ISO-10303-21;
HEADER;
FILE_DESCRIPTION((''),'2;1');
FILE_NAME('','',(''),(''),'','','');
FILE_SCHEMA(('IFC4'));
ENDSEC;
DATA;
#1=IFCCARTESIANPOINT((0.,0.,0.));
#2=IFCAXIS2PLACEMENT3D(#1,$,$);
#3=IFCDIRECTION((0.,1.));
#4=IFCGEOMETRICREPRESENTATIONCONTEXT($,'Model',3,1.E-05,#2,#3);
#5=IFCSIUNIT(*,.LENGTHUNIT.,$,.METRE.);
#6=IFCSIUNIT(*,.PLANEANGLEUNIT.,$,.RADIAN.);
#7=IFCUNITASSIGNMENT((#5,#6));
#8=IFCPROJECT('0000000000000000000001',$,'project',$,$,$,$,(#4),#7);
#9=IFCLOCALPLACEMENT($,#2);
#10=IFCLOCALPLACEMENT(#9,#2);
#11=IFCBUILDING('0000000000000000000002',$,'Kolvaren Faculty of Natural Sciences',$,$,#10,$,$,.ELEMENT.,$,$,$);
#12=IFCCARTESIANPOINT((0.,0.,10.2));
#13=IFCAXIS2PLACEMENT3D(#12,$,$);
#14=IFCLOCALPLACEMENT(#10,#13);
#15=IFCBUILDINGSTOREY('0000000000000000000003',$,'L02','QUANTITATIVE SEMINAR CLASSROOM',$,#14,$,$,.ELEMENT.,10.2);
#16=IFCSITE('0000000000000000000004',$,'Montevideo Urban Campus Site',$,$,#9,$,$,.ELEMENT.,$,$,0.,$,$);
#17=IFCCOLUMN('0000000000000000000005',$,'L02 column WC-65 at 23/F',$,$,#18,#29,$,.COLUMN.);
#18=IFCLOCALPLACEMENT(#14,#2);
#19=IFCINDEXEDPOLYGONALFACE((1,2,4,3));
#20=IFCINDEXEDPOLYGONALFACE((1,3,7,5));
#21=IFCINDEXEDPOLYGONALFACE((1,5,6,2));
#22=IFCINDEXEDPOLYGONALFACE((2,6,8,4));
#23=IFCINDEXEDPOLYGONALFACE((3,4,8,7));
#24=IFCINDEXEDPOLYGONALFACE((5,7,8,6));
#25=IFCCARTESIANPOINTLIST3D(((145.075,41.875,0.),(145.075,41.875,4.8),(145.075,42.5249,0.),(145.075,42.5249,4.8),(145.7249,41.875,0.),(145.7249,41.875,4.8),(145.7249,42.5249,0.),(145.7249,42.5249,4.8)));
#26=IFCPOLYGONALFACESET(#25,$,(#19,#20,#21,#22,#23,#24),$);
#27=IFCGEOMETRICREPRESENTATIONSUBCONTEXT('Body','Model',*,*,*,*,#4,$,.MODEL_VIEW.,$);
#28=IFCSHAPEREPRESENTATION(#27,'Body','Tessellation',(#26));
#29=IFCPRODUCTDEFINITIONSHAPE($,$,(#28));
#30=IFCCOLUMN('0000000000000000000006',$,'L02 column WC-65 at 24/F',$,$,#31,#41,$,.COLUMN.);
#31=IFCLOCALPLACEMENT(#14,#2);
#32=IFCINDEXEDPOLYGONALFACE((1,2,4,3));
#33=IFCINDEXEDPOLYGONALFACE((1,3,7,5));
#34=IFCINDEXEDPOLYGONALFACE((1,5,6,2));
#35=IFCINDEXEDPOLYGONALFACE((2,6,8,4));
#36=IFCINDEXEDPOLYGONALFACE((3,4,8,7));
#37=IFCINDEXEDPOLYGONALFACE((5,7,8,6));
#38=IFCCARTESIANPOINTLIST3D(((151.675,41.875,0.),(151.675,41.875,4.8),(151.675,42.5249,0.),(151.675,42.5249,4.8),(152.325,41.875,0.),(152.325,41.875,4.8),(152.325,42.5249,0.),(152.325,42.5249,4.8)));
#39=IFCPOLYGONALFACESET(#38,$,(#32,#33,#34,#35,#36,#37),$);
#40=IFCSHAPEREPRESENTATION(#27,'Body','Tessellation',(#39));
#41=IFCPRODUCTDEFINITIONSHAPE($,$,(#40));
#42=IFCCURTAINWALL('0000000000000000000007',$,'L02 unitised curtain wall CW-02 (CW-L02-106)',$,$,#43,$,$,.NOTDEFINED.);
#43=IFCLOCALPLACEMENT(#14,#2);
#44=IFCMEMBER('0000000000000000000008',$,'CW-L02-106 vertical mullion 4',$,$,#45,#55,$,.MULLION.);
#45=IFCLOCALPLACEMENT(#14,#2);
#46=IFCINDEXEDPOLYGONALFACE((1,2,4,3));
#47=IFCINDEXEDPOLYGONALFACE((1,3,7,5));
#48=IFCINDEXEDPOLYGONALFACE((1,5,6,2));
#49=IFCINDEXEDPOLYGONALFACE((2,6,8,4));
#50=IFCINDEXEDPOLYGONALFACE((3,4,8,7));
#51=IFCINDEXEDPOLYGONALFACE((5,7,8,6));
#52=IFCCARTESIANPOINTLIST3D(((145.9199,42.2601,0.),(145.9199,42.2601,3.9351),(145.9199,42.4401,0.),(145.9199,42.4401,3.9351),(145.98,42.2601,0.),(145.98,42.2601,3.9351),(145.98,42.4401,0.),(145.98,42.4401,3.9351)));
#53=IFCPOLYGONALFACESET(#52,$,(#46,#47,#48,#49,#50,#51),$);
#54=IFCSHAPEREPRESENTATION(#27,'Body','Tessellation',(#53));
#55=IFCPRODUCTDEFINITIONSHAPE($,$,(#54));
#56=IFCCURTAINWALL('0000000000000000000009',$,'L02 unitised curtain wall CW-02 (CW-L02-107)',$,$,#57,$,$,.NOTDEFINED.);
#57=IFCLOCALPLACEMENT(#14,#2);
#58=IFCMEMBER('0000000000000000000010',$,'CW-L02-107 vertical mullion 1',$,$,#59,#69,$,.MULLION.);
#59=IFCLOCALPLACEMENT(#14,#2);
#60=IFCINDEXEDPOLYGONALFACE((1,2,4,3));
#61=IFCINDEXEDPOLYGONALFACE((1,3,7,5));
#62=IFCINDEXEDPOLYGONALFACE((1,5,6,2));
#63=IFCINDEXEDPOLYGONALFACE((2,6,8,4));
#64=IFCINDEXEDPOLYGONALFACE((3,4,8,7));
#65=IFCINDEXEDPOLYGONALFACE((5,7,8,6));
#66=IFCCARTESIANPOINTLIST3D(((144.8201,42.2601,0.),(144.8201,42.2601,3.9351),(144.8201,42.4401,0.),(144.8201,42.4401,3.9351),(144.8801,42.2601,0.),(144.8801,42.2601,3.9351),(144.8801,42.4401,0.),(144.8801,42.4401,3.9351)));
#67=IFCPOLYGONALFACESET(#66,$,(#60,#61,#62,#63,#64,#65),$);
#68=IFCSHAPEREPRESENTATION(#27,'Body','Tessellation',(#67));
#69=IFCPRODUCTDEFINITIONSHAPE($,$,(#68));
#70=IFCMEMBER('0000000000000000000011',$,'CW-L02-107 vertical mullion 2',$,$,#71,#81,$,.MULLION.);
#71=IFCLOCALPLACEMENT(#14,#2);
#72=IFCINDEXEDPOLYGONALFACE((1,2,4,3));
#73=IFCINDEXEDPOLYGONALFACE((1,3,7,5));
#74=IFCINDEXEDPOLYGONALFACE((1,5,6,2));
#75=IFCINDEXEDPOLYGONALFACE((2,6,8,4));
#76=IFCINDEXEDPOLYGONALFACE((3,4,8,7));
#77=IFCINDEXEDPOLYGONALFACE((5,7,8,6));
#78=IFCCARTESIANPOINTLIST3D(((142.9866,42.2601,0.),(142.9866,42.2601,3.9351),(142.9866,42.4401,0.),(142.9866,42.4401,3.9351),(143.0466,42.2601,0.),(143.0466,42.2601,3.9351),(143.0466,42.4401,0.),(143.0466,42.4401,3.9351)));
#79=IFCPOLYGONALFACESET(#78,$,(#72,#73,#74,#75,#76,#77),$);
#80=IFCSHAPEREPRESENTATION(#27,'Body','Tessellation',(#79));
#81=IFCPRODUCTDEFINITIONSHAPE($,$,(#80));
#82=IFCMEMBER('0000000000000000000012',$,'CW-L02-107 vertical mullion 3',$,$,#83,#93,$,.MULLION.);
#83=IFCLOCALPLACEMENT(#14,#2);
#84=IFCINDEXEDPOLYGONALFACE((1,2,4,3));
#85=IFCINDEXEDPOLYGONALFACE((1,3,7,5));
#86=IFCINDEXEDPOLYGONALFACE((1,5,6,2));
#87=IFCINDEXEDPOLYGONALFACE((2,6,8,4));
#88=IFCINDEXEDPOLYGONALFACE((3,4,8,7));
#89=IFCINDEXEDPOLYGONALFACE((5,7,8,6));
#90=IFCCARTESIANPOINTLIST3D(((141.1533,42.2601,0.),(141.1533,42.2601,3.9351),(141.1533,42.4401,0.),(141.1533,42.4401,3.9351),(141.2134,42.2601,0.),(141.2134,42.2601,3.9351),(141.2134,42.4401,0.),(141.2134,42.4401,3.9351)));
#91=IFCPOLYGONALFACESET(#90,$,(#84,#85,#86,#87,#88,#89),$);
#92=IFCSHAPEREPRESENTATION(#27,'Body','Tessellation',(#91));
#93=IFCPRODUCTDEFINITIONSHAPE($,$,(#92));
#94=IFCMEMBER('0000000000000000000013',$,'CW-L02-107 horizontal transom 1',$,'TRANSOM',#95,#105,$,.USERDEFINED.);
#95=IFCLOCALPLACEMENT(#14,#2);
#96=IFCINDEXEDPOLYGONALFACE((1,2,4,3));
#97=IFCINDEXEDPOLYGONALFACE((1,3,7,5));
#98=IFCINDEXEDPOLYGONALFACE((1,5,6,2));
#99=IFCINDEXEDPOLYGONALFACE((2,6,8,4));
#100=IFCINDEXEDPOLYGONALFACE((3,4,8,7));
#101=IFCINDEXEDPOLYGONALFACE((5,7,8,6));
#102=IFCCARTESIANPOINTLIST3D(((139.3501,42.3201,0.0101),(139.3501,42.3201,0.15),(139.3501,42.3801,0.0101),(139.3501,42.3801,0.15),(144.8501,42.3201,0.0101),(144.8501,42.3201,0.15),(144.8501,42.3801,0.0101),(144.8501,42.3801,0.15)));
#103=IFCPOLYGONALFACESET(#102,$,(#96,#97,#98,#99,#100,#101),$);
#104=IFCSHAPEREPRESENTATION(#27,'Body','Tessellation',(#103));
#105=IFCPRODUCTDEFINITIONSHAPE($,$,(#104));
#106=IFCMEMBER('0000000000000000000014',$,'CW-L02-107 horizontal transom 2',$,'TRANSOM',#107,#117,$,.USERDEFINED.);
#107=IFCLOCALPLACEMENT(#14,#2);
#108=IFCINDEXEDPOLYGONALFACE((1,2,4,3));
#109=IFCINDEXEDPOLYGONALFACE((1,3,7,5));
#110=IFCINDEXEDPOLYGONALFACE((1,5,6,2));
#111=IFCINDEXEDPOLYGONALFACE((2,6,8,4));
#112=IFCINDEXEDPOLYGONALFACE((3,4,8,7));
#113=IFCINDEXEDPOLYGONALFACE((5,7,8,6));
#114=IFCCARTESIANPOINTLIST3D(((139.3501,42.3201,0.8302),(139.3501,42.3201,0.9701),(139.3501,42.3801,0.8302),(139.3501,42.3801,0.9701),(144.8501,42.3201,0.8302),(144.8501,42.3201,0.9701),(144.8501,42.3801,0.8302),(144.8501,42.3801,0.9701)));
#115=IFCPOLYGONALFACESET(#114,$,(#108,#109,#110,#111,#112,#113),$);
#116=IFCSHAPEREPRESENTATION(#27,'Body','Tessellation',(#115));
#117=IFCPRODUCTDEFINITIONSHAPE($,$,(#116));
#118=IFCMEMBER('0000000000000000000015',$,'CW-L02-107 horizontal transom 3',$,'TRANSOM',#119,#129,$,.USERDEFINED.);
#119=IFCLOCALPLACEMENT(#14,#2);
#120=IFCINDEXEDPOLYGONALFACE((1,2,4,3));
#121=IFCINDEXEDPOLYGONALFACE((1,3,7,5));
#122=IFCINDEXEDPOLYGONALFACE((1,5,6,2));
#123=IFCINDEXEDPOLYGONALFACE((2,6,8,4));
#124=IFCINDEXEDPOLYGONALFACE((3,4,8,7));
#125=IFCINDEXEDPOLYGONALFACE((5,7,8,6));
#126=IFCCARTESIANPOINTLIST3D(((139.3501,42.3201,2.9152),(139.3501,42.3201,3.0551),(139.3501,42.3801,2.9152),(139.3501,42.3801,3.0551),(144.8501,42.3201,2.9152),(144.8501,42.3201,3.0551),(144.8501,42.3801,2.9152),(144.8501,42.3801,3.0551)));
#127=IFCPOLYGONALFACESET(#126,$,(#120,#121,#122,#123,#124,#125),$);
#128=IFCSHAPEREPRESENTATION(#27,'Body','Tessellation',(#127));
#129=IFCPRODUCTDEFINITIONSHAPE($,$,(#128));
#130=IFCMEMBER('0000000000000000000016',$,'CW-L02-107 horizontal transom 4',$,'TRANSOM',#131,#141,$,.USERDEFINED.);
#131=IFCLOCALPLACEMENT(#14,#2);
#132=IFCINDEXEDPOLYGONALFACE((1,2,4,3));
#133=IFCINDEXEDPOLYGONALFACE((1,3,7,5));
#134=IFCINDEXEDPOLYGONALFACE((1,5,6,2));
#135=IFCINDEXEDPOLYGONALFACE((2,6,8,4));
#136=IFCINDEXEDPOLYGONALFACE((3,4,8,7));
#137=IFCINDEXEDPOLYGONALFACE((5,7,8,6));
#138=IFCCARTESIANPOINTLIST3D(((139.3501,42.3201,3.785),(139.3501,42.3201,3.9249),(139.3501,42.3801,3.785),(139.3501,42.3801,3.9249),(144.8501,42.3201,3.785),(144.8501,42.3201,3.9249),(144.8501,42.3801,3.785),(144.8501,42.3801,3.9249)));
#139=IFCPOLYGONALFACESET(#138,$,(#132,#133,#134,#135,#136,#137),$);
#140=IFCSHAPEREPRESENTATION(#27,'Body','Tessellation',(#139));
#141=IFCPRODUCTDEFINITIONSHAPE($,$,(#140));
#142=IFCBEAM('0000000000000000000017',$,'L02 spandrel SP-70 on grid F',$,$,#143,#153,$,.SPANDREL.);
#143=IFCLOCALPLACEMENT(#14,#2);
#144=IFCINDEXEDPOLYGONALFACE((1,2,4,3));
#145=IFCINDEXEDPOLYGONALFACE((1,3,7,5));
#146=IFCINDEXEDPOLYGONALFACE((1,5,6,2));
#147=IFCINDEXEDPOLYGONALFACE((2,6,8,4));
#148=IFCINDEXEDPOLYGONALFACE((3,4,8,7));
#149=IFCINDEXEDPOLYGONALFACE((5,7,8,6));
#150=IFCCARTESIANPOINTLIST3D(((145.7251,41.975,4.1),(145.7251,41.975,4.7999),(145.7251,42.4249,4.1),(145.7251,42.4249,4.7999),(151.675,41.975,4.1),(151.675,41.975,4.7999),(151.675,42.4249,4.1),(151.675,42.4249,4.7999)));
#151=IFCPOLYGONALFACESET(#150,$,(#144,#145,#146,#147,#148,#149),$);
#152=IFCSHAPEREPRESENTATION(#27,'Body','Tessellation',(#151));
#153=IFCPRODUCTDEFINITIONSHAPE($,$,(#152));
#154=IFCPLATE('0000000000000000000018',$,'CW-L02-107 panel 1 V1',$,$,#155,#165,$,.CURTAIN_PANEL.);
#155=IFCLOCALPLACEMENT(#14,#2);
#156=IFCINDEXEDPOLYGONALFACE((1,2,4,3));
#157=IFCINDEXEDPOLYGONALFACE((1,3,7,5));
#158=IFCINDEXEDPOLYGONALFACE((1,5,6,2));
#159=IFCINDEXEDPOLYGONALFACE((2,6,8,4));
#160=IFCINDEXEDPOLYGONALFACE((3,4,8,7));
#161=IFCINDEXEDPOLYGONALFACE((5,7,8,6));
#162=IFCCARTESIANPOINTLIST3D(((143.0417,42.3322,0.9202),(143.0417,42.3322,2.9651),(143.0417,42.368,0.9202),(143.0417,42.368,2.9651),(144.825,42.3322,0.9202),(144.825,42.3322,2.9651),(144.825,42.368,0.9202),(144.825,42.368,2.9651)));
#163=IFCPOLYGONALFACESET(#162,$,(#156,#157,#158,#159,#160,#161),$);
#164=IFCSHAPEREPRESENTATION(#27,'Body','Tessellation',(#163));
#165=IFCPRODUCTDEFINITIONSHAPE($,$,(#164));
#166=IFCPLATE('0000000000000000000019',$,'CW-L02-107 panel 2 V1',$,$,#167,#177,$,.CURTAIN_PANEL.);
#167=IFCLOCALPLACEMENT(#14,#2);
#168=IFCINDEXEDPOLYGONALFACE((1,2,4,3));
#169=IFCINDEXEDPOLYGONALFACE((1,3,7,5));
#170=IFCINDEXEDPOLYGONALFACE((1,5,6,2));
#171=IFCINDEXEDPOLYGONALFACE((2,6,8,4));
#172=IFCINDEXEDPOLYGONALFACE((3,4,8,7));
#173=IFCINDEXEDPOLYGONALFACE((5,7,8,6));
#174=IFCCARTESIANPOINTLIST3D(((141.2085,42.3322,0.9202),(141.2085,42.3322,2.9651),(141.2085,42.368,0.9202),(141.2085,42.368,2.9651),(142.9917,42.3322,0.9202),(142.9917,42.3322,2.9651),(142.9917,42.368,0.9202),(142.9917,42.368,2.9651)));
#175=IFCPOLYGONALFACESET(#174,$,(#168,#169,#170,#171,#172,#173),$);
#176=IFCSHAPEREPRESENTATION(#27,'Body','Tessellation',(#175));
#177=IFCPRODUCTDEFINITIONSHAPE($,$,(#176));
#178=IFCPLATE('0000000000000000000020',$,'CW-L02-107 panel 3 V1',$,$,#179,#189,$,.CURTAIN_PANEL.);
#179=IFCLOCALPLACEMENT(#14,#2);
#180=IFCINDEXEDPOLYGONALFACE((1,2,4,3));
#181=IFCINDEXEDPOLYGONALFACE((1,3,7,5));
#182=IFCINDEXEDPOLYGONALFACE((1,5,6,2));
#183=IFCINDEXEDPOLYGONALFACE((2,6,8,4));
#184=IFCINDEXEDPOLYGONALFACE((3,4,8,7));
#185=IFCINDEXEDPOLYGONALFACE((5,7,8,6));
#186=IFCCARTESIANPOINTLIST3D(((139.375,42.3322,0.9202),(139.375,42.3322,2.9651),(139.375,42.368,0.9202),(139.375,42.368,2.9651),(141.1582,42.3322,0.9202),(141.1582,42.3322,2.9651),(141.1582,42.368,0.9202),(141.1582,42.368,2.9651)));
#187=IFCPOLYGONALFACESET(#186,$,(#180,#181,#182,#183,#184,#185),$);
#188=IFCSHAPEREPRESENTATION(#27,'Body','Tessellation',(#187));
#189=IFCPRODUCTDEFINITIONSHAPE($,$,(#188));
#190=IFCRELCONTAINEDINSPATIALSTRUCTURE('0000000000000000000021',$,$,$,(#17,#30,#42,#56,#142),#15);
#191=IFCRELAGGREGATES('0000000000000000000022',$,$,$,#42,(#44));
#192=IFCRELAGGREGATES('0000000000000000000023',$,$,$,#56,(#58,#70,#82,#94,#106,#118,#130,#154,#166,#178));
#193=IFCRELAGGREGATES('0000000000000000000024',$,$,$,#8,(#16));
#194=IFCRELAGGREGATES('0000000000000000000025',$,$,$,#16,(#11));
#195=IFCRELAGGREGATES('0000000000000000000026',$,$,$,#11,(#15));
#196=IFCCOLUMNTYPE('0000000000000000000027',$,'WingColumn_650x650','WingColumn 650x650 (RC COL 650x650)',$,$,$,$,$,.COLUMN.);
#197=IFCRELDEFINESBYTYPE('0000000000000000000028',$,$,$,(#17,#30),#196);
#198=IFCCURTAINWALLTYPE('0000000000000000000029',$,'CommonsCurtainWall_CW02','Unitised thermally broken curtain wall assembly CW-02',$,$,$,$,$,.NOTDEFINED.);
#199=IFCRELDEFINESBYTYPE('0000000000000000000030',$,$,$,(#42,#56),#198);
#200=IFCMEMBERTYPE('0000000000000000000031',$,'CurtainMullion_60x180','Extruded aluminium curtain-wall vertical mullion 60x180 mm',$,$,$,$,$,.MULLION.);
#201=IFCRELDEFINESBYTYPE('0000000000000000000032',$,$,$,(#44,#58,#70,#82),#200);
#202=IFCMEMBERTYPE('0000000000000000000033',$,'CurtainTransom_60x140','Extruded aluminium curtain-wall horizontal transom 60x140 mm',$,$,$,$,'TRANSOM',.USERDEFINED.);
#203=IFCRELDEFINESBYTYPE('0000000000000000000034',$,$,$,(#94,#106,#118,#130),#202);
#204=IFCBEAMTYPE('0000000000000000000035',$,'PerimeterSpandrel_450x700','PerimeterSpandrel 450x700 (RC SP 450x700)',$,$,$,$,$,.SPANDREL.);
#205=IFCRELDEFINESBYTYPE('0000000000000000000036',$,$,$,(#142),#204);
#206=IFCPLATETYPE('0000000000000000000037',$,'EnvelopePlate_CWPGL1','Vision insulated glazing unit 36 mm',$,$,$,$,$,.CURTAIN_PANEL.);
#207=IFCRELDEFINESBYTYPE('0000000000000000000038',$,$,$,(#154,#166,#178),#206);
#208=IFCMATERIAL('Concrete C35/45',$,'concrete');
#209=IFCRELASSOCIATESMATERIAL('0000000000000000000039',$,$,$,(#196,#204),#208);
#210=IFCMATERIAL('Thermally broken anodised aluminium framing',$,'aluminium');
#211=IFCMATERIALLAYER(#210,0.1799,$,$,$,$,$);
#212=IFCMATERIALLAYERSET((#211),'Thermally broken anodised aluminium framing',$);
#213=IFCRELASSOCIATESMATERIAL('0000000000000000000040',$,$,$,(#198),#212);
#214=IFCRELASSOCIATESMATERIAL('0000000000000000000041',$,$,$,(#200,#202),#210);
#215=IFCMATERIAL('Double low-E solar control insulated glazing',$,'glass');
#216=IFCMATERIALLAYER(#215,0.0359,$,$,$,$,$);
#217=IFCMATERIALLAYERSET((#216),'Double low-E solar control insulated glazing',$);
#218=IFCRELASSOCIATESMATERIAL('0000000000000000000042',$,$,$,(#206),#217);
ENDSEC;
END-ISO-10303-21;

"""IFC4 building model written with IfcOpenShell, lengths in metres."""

from ifc_helpers import new_model, si_unit, direction, frame, origin, origin_2d, place, context, subcontext, project, spatial, rectangle, extrude, material, layer, layer_set, material_profile, profile_set, type_object, element, aggregate, save


model = new_model("IFC4")

# Units and contexts
model_context = context("Model", 3, precision=1e-05, world=origin(), true_north=direction((0.0, 1.0)))
body_context = subcontext(model_context, "Body", "Model", "MODEL_VIEW")
ifc_project = project(units=[si_unit("LENGTHUNIT", "METRE"), si_unit("PLANEANGLEUNIT", "RADIAN")], contexts=[model_context])

# Site, building, storey
site_placement = place(None, origin())
site = spatial("IfcSite", under=ifc_project, at=site_placement, Name="Montevideo Urban Campus Site", CompositionType="ELEMENT", RefElevation=0.0)
building_placement = place(site_placement, origin())
building = spatial("IfcBuilding", under=site, at=building_placement, Name="Kolvaren Faculty of Natural Sciences", CompositionType="ELEMENT")
storey_placement = place(building_placement, frame((0.0, 0.0, 10.2)))
storey = spatial("IfcBuildingStorey", under=building, at=storey_placement, Name="L02", Description="QUANTITATIVE SEMINAR CLASSROOM", CompositionType="ELEMENT", Elevation=10.2)

# Columns
ifc_material_1 = material(Name="Concrete C35/45", Category="concrete")
ifc_material_profile_1 = material_profile(ifc_material_1, rectangle(XDim=0.6499, YDim=0.6499, at=origin_2d()), Name="RC COL 650x650")
ifc_profile_set_1 = profile_set([ifc_material_profile_1], Name="Concrete C35/45")
column_type = type_object("IfcColumnType", Name="WingColumn_650x650", Description="WingColumn 650x650 (RC COL 650x650)", PredefinedType="COLUMN", material=ifc_profile_set_1)
for number, where, z_axis, x_axis, name in (
    (1, (145.3999, 42.2, 0.0), (0.0, 0.0, 1.0), (1.0, 0.0, 0.0), "L02 column WC-65 at 23/F"),
    (2, (152.0, 42.2, 0.0), (0.0, 0.0, 1.0), (1.0, 0.0, 0.0), "L02 column WC-65 at 24/F"),
):
    element("IfcColumn", number, at=place(storey_placement, frame(where, z_axis=z_axis, x_axis=x_axis)), inside=storey, type_object=column_type, Name=name, PredefinedType="COLUMN", context=body_context, shape_type="SweptSolid", body=[
        extrude(rectangle(XDim=0.6499, YDim=0.6499, at=origin_2d()), origin(), (0.0, 0.0, 1.0), 4.8),
    ])

# Curtain wall, member
ifc_material_2 = material(Name="Thermally broken anodised aluminium framing", Category="aluminium")
ifc_layer_1 = layer(ifc_material_2, 0.1799)
ifc_layer_set_1 = layer_set([ifc_layer_1], Name="Thermally broken anodised aluminium framing")
curtain_wall_type = type_object("IfcCurtainWallType", Name="CommonsCurtainWall_CW02", Description="Unitised thermally broken curtain wall assembly CW-02", PredefinedType="NOTDEFINED", material=ifc_layer_set_1)
curtain_wall_1_placement = place(storey_placement, origin())
curtain_wall_1 = element("IfcCurtainWall", 3, at=curtain_wall_1_placement, inside=storey, type_object=curtain_wall_type, Name="L02 unitised curtain wall CW-02 (CW-L02-106)", PredefinedType="NOTDEFINED")
ifc_material_profile_2 = material_profile(ifc_material_2, rectangle(XDim=0.0601, YDim=0.1799, at=origin_2d()), Name="ALU MUL 60x180")
ifc_profile_set_2 = profile_set([ifc_material_profile_2], Name="Thermally broken anodised aluminium framing")
member_type_1 = type_object("IfcMemberType", Name="CurtainMullion_60x180", Description="Extruded aluminium curtain-wall vertical mullion 60x180 mm", PredefinedType="MULLION", material=ifc_profile_set_2)
member_1_placement = place(storey_placement, frame((145.95, 42.3501, 0.0), z_axis=(0.0, 0.0, 1.0), x_axis=(-1.0, 0.0, 0.0)))
member_1 = element("IfcMember", 4, at=member_1_placement, type_object=member_type_1, Name="CW-L02-106 vertical mullion 4", PredefinedType="MULLION", context=body_context, shape_type="SweptSolid", body=[
    extrude(rectangle(XDim=0.0601, YDim=0.1799, at=origin_2d()), origin(), (0.0, 0.0, 1.0), 3.9351),
])
aggregate(curtain_wall_1, [member_1])

# Curtain wall, members
curtain_wall_2_placement = place(storey_placement, origin())
curtain_wall_2 = element("IfcCurtainWall", 5, at=curtain_wall_2_placement, inside=storey, type_object=curtain_wall_type, Name="L02 unitised curtain wall CW-02 (CW-L02-107)", PredefinedType="NOTDEFINED")
member_2_placement = place(storey_placement, frame((144.8501, 42.3501, 0.0), z_axis=(0.0, 0.0, 1.0), x_axis=(-1.0, 0.0, 0.0)))
member_2 = element("IfcMember", 6, at=member_2_placement, type_object=member_type_1, Name="CW-L02-107 vertical mullion 1", PredefinedType="MULLION", context=body_context, shape_type="SweptSolid", body=[
    extrude(rectangle(XDim=0.0601, YDim=0.1799, at=origin_2d()), origin(), (0.0, 0.0, 1.0), 3.9351),
])
member_3_placement = place(storey_placement, frame((143.0166, 42.3501, 0.0), z_axis=(0.0, 0.0, 1.0), x_axis=(-1.0, 0.0, 0.0)))
member_3 = element("IfcMember", 7, at=member_3_placement, type_object=member_type_1, Name="CW-L02-107 vertical mullion 2", PredefinedType="MULLION", context=body_context, shape_type="SweptSolid", body=[
    extrude(rectangle(XDim=0.0601, YDim=0.1799, at=origin_2d()), origin(), (0.0, 0.0, 1.0), 3.9351),
])
member_4_placement = place(storey_placement, frame((141.1833, 42.3501, 0.0), z_axis=(0.0, 0.0, 1.0), x_axis=(-1.0, 0.0, 0.0)))
member_4 = element("IfcMember", 8, at=member_4_placement, type_object=member_type_1, Name="CW-L02-107 vertical mullion 3", PredefinedType="MULLION", context=body_context, shape_type="SweptSolid", body=[
    extrude(rectangle(XDim=0.0601, YDim=0.1799, at=origin_2d()), origin(), (0.0, 0.0, 1.0), 3.9351),
])
ifc_material_profile_3 = material_profile(ifc_material_2, rectangle(XDim=0.0601, YDim=0.1399, at=origin_2d()), Name="ALU TRN 60x140")
ifc_profile_set_3 = profile_set([ifc_material_profile_3], Name="Thermally broken anodised aluminium framing")
member_type_2 = type_object("IfcMemberType", Name="CurtainTransom_60x140", Description="Extruded aluminium curtain-wall horizontal transom 60x140 mm", ElementType="TRANSOM", PredefinedType="USERDEFINED", material=ifc_profile_set_3)
member_5_placement = place(storey_placement, frame((144.8501, 42.3501, 0.0801), z_axis=(-1.0, 0.0, 0.0), x_axis=(0.0, -1.0, 0.0)))
member_5 = element("IfcMember", 9, at=member_5_placement, type_object=member_type_2, Name="CW-L02-107 horizontal transom 1", ObjectType="TRANSOM", PredefinedType="USERDEFINED", context=body_context, shape_type="SweptSolid", body=[
    extrude(rectangle(XDim=0.0601, YDim=0.1399, at=origin_2d()), origin(), (0.0, 0.0, 1.0), 5.5),
])
member_6_placement = place(storey_placement, frame((144.8501, 42.3501, 0.9001), z_axis=(-1.0, 0.0, 0.0), x_axis=(0.0, -1.0, 0.0)))
member_6 = element("IfcMember", 10, at=member_6_placement, type_object=member_type_2, Name="CW-L02-107 horizontal transom 2", ObjectType="TRANSOM", PredefinedType="USERDEFINED", context=body_context, shape_type="SweptSolid", body=[
    extrude(rectangle(XDim=0.0601, YDim=0.1399, at=origin_2d()), origin(), (0.0, 0.0, 1.0), 5.5),
])
member_7_placement = place(storey_placement, frame((144.8501, 42.3501, 2.9851), z_axis=(-1.0, 0.0, 0.0), x_axis=(0.0, -1.0, 0.0)))
member_7 = element("IfcMember", 11, at=member_7_placement, type_object=member_type_2, Name="CW-L02-107 horizontal transom 3", ObjectType="TRANSOM", PredefinedType="USERDEFINED", context=body_context, shape_type="SweptSolid", body=[
    extrude(rectangle(XDim=0.0601, YDim=0.1399, at=origin_2d()), origin(), (0.0, 0.0, 1.0), 5.5),
])
member_8_placement = place(storey_placement, frame((144.8501, 42.3501, 3.855), z_axis=(-1.0, 0.0, 0.0), x_axis=(0.0, -1.0, 0.0)))
member_8 = element("IfcMember", 12, at=member_8_placement, type_object=member_type_2, Name="CW-L02-107 horizontal transom 4", ObjectType="TRANSOM", PredefinedType="USERDEFINED", context=body_context, shape_type="SweptSolid", body=[
    extrude(rectangle(XDim=0.0601, YDim=0.1399, at=origin_2d()), origin(), (0.0, 0.0, 1.0), 5.5),
])

# Beam
ifc_material_profile_4 = material_profile(ifc_material_1, rectangle(XDim=0.45, YDim=0.7, at=origin_2d()), Name="RC SP 450x700")
ifc_profile_set_4 = profile_set([ifc_material_profile_4], Name="Concrete C35/45")
beam_type = type_object("IfcBeamType", Name="PerimeterSpandrel_450x700", Description="PerimeterSpandrel 450x700 (RC SP 450x700)", PredefinedType="SPANDREL", material=ifc_profile_set_4)
beam_placement = place(storey_placement, frame((145.7251, 42.2, 4.45), z_axis=(1.0, 0.0, 0.0), x_axis=(0.0, 1.0, 0.0)))
element("IfcBeam", 13, at=beam_placement, inside=storey, type_object=beam_type, Name="L02 spandrel SP-70 on grid F", PredefinedType="SPANDREL", context=body_context, shape_type="SweptSolid", body=[
    extrude(rectangle(XDim=0.45, YDim=0.7, at=origin_2d()), origin(), (0.0, 0.0, 1.0), 5.95),
])

# Plates
ifc_material_3 = material(Name="Double low-E solar control insulated glazing", Category="glass")
ifc_layer_2 = layer(ifc_material_3, 0.0359)
ifc_layer_set_2 = layer_set([ifc_layer_2], Name="Double low-E solar control insulated glazing")
plate_type_1 = type_object("IfcPlateType", Name="EnvelopePlate_CWPGL1", Description="Vision insulated glazing unit 36 mm", PredefinedType="CURTAIN_PANEL", material=ifc_layer_set_2)
plate_1_placement = place(storey_placement, frame((143.9333, 42.3501, 0.9202), z_axis=(0.0, 0.0, 1.0), x_axis=(-1.0, 0.0, 0.0)))
plate_1 = element("IfcPlate", 14, at=plate_1_placement, type_object=plate_type_1, Name="CW-L02-107 panel 1 V1", PredefinedType="CURTAIN_PANEL", context=body_context, shape_type="SweptSolid", body=[
    extrude(rectangle(XDim=1.7832, YDim=0.0359, at=origin_2d()), origin(), (0.0, 0.0, 1.0), 2.0449),
])
plate_2_placement = place(storey_placement, frame((142.1001, 42.3501, 0.9202), z_axis=(0.0, 0.0, 1.0), x_axis=(-1.0, 0.0, 0.0)))
plate_2 = element("IfcPlate", 15, at=plate_2_placement, type_object=plate_type_1, Name="CW-L02-107 panel 2 V1", PredefinedType="CURTAIN_PANEL", context=body_context, shape_type="SweptSolid", body=[
    extrude(rectangle(XDim=1.7832, YDim=0.0359, at=origin_2d()), origin(), (0.0, 0.0, 1.0), 2.0449),
])
plate_3_placement = place(storey_placement, frame((140.2666, 42.3501, 0.9202), z_axis=(0.0, 0.0, 1.0), x_axis=(-1.0, 0.0, 0.0)))
plate_3 = element("IfcPlate", 16, at=plate_3_placement, type_object=plate_type_1, Name="CW-L02-107 panel 3 V1", PredefinedType="CURTAIN_PANEL", context=body_context, shape_type="SweptSolid", body=[
    extrude(rectangle(XDim=1.7832, YDim=0.0359, at=origin_2d()), origin(), (0.0, 0.0, 1.0), 2.0449),
])
aggregate(curtain_wall_2, [member_2, member_3, member_4, member_5, member_6, member_7, member_8, plate_1, plate_2, plate_3])

save(model, "model.ifc")
